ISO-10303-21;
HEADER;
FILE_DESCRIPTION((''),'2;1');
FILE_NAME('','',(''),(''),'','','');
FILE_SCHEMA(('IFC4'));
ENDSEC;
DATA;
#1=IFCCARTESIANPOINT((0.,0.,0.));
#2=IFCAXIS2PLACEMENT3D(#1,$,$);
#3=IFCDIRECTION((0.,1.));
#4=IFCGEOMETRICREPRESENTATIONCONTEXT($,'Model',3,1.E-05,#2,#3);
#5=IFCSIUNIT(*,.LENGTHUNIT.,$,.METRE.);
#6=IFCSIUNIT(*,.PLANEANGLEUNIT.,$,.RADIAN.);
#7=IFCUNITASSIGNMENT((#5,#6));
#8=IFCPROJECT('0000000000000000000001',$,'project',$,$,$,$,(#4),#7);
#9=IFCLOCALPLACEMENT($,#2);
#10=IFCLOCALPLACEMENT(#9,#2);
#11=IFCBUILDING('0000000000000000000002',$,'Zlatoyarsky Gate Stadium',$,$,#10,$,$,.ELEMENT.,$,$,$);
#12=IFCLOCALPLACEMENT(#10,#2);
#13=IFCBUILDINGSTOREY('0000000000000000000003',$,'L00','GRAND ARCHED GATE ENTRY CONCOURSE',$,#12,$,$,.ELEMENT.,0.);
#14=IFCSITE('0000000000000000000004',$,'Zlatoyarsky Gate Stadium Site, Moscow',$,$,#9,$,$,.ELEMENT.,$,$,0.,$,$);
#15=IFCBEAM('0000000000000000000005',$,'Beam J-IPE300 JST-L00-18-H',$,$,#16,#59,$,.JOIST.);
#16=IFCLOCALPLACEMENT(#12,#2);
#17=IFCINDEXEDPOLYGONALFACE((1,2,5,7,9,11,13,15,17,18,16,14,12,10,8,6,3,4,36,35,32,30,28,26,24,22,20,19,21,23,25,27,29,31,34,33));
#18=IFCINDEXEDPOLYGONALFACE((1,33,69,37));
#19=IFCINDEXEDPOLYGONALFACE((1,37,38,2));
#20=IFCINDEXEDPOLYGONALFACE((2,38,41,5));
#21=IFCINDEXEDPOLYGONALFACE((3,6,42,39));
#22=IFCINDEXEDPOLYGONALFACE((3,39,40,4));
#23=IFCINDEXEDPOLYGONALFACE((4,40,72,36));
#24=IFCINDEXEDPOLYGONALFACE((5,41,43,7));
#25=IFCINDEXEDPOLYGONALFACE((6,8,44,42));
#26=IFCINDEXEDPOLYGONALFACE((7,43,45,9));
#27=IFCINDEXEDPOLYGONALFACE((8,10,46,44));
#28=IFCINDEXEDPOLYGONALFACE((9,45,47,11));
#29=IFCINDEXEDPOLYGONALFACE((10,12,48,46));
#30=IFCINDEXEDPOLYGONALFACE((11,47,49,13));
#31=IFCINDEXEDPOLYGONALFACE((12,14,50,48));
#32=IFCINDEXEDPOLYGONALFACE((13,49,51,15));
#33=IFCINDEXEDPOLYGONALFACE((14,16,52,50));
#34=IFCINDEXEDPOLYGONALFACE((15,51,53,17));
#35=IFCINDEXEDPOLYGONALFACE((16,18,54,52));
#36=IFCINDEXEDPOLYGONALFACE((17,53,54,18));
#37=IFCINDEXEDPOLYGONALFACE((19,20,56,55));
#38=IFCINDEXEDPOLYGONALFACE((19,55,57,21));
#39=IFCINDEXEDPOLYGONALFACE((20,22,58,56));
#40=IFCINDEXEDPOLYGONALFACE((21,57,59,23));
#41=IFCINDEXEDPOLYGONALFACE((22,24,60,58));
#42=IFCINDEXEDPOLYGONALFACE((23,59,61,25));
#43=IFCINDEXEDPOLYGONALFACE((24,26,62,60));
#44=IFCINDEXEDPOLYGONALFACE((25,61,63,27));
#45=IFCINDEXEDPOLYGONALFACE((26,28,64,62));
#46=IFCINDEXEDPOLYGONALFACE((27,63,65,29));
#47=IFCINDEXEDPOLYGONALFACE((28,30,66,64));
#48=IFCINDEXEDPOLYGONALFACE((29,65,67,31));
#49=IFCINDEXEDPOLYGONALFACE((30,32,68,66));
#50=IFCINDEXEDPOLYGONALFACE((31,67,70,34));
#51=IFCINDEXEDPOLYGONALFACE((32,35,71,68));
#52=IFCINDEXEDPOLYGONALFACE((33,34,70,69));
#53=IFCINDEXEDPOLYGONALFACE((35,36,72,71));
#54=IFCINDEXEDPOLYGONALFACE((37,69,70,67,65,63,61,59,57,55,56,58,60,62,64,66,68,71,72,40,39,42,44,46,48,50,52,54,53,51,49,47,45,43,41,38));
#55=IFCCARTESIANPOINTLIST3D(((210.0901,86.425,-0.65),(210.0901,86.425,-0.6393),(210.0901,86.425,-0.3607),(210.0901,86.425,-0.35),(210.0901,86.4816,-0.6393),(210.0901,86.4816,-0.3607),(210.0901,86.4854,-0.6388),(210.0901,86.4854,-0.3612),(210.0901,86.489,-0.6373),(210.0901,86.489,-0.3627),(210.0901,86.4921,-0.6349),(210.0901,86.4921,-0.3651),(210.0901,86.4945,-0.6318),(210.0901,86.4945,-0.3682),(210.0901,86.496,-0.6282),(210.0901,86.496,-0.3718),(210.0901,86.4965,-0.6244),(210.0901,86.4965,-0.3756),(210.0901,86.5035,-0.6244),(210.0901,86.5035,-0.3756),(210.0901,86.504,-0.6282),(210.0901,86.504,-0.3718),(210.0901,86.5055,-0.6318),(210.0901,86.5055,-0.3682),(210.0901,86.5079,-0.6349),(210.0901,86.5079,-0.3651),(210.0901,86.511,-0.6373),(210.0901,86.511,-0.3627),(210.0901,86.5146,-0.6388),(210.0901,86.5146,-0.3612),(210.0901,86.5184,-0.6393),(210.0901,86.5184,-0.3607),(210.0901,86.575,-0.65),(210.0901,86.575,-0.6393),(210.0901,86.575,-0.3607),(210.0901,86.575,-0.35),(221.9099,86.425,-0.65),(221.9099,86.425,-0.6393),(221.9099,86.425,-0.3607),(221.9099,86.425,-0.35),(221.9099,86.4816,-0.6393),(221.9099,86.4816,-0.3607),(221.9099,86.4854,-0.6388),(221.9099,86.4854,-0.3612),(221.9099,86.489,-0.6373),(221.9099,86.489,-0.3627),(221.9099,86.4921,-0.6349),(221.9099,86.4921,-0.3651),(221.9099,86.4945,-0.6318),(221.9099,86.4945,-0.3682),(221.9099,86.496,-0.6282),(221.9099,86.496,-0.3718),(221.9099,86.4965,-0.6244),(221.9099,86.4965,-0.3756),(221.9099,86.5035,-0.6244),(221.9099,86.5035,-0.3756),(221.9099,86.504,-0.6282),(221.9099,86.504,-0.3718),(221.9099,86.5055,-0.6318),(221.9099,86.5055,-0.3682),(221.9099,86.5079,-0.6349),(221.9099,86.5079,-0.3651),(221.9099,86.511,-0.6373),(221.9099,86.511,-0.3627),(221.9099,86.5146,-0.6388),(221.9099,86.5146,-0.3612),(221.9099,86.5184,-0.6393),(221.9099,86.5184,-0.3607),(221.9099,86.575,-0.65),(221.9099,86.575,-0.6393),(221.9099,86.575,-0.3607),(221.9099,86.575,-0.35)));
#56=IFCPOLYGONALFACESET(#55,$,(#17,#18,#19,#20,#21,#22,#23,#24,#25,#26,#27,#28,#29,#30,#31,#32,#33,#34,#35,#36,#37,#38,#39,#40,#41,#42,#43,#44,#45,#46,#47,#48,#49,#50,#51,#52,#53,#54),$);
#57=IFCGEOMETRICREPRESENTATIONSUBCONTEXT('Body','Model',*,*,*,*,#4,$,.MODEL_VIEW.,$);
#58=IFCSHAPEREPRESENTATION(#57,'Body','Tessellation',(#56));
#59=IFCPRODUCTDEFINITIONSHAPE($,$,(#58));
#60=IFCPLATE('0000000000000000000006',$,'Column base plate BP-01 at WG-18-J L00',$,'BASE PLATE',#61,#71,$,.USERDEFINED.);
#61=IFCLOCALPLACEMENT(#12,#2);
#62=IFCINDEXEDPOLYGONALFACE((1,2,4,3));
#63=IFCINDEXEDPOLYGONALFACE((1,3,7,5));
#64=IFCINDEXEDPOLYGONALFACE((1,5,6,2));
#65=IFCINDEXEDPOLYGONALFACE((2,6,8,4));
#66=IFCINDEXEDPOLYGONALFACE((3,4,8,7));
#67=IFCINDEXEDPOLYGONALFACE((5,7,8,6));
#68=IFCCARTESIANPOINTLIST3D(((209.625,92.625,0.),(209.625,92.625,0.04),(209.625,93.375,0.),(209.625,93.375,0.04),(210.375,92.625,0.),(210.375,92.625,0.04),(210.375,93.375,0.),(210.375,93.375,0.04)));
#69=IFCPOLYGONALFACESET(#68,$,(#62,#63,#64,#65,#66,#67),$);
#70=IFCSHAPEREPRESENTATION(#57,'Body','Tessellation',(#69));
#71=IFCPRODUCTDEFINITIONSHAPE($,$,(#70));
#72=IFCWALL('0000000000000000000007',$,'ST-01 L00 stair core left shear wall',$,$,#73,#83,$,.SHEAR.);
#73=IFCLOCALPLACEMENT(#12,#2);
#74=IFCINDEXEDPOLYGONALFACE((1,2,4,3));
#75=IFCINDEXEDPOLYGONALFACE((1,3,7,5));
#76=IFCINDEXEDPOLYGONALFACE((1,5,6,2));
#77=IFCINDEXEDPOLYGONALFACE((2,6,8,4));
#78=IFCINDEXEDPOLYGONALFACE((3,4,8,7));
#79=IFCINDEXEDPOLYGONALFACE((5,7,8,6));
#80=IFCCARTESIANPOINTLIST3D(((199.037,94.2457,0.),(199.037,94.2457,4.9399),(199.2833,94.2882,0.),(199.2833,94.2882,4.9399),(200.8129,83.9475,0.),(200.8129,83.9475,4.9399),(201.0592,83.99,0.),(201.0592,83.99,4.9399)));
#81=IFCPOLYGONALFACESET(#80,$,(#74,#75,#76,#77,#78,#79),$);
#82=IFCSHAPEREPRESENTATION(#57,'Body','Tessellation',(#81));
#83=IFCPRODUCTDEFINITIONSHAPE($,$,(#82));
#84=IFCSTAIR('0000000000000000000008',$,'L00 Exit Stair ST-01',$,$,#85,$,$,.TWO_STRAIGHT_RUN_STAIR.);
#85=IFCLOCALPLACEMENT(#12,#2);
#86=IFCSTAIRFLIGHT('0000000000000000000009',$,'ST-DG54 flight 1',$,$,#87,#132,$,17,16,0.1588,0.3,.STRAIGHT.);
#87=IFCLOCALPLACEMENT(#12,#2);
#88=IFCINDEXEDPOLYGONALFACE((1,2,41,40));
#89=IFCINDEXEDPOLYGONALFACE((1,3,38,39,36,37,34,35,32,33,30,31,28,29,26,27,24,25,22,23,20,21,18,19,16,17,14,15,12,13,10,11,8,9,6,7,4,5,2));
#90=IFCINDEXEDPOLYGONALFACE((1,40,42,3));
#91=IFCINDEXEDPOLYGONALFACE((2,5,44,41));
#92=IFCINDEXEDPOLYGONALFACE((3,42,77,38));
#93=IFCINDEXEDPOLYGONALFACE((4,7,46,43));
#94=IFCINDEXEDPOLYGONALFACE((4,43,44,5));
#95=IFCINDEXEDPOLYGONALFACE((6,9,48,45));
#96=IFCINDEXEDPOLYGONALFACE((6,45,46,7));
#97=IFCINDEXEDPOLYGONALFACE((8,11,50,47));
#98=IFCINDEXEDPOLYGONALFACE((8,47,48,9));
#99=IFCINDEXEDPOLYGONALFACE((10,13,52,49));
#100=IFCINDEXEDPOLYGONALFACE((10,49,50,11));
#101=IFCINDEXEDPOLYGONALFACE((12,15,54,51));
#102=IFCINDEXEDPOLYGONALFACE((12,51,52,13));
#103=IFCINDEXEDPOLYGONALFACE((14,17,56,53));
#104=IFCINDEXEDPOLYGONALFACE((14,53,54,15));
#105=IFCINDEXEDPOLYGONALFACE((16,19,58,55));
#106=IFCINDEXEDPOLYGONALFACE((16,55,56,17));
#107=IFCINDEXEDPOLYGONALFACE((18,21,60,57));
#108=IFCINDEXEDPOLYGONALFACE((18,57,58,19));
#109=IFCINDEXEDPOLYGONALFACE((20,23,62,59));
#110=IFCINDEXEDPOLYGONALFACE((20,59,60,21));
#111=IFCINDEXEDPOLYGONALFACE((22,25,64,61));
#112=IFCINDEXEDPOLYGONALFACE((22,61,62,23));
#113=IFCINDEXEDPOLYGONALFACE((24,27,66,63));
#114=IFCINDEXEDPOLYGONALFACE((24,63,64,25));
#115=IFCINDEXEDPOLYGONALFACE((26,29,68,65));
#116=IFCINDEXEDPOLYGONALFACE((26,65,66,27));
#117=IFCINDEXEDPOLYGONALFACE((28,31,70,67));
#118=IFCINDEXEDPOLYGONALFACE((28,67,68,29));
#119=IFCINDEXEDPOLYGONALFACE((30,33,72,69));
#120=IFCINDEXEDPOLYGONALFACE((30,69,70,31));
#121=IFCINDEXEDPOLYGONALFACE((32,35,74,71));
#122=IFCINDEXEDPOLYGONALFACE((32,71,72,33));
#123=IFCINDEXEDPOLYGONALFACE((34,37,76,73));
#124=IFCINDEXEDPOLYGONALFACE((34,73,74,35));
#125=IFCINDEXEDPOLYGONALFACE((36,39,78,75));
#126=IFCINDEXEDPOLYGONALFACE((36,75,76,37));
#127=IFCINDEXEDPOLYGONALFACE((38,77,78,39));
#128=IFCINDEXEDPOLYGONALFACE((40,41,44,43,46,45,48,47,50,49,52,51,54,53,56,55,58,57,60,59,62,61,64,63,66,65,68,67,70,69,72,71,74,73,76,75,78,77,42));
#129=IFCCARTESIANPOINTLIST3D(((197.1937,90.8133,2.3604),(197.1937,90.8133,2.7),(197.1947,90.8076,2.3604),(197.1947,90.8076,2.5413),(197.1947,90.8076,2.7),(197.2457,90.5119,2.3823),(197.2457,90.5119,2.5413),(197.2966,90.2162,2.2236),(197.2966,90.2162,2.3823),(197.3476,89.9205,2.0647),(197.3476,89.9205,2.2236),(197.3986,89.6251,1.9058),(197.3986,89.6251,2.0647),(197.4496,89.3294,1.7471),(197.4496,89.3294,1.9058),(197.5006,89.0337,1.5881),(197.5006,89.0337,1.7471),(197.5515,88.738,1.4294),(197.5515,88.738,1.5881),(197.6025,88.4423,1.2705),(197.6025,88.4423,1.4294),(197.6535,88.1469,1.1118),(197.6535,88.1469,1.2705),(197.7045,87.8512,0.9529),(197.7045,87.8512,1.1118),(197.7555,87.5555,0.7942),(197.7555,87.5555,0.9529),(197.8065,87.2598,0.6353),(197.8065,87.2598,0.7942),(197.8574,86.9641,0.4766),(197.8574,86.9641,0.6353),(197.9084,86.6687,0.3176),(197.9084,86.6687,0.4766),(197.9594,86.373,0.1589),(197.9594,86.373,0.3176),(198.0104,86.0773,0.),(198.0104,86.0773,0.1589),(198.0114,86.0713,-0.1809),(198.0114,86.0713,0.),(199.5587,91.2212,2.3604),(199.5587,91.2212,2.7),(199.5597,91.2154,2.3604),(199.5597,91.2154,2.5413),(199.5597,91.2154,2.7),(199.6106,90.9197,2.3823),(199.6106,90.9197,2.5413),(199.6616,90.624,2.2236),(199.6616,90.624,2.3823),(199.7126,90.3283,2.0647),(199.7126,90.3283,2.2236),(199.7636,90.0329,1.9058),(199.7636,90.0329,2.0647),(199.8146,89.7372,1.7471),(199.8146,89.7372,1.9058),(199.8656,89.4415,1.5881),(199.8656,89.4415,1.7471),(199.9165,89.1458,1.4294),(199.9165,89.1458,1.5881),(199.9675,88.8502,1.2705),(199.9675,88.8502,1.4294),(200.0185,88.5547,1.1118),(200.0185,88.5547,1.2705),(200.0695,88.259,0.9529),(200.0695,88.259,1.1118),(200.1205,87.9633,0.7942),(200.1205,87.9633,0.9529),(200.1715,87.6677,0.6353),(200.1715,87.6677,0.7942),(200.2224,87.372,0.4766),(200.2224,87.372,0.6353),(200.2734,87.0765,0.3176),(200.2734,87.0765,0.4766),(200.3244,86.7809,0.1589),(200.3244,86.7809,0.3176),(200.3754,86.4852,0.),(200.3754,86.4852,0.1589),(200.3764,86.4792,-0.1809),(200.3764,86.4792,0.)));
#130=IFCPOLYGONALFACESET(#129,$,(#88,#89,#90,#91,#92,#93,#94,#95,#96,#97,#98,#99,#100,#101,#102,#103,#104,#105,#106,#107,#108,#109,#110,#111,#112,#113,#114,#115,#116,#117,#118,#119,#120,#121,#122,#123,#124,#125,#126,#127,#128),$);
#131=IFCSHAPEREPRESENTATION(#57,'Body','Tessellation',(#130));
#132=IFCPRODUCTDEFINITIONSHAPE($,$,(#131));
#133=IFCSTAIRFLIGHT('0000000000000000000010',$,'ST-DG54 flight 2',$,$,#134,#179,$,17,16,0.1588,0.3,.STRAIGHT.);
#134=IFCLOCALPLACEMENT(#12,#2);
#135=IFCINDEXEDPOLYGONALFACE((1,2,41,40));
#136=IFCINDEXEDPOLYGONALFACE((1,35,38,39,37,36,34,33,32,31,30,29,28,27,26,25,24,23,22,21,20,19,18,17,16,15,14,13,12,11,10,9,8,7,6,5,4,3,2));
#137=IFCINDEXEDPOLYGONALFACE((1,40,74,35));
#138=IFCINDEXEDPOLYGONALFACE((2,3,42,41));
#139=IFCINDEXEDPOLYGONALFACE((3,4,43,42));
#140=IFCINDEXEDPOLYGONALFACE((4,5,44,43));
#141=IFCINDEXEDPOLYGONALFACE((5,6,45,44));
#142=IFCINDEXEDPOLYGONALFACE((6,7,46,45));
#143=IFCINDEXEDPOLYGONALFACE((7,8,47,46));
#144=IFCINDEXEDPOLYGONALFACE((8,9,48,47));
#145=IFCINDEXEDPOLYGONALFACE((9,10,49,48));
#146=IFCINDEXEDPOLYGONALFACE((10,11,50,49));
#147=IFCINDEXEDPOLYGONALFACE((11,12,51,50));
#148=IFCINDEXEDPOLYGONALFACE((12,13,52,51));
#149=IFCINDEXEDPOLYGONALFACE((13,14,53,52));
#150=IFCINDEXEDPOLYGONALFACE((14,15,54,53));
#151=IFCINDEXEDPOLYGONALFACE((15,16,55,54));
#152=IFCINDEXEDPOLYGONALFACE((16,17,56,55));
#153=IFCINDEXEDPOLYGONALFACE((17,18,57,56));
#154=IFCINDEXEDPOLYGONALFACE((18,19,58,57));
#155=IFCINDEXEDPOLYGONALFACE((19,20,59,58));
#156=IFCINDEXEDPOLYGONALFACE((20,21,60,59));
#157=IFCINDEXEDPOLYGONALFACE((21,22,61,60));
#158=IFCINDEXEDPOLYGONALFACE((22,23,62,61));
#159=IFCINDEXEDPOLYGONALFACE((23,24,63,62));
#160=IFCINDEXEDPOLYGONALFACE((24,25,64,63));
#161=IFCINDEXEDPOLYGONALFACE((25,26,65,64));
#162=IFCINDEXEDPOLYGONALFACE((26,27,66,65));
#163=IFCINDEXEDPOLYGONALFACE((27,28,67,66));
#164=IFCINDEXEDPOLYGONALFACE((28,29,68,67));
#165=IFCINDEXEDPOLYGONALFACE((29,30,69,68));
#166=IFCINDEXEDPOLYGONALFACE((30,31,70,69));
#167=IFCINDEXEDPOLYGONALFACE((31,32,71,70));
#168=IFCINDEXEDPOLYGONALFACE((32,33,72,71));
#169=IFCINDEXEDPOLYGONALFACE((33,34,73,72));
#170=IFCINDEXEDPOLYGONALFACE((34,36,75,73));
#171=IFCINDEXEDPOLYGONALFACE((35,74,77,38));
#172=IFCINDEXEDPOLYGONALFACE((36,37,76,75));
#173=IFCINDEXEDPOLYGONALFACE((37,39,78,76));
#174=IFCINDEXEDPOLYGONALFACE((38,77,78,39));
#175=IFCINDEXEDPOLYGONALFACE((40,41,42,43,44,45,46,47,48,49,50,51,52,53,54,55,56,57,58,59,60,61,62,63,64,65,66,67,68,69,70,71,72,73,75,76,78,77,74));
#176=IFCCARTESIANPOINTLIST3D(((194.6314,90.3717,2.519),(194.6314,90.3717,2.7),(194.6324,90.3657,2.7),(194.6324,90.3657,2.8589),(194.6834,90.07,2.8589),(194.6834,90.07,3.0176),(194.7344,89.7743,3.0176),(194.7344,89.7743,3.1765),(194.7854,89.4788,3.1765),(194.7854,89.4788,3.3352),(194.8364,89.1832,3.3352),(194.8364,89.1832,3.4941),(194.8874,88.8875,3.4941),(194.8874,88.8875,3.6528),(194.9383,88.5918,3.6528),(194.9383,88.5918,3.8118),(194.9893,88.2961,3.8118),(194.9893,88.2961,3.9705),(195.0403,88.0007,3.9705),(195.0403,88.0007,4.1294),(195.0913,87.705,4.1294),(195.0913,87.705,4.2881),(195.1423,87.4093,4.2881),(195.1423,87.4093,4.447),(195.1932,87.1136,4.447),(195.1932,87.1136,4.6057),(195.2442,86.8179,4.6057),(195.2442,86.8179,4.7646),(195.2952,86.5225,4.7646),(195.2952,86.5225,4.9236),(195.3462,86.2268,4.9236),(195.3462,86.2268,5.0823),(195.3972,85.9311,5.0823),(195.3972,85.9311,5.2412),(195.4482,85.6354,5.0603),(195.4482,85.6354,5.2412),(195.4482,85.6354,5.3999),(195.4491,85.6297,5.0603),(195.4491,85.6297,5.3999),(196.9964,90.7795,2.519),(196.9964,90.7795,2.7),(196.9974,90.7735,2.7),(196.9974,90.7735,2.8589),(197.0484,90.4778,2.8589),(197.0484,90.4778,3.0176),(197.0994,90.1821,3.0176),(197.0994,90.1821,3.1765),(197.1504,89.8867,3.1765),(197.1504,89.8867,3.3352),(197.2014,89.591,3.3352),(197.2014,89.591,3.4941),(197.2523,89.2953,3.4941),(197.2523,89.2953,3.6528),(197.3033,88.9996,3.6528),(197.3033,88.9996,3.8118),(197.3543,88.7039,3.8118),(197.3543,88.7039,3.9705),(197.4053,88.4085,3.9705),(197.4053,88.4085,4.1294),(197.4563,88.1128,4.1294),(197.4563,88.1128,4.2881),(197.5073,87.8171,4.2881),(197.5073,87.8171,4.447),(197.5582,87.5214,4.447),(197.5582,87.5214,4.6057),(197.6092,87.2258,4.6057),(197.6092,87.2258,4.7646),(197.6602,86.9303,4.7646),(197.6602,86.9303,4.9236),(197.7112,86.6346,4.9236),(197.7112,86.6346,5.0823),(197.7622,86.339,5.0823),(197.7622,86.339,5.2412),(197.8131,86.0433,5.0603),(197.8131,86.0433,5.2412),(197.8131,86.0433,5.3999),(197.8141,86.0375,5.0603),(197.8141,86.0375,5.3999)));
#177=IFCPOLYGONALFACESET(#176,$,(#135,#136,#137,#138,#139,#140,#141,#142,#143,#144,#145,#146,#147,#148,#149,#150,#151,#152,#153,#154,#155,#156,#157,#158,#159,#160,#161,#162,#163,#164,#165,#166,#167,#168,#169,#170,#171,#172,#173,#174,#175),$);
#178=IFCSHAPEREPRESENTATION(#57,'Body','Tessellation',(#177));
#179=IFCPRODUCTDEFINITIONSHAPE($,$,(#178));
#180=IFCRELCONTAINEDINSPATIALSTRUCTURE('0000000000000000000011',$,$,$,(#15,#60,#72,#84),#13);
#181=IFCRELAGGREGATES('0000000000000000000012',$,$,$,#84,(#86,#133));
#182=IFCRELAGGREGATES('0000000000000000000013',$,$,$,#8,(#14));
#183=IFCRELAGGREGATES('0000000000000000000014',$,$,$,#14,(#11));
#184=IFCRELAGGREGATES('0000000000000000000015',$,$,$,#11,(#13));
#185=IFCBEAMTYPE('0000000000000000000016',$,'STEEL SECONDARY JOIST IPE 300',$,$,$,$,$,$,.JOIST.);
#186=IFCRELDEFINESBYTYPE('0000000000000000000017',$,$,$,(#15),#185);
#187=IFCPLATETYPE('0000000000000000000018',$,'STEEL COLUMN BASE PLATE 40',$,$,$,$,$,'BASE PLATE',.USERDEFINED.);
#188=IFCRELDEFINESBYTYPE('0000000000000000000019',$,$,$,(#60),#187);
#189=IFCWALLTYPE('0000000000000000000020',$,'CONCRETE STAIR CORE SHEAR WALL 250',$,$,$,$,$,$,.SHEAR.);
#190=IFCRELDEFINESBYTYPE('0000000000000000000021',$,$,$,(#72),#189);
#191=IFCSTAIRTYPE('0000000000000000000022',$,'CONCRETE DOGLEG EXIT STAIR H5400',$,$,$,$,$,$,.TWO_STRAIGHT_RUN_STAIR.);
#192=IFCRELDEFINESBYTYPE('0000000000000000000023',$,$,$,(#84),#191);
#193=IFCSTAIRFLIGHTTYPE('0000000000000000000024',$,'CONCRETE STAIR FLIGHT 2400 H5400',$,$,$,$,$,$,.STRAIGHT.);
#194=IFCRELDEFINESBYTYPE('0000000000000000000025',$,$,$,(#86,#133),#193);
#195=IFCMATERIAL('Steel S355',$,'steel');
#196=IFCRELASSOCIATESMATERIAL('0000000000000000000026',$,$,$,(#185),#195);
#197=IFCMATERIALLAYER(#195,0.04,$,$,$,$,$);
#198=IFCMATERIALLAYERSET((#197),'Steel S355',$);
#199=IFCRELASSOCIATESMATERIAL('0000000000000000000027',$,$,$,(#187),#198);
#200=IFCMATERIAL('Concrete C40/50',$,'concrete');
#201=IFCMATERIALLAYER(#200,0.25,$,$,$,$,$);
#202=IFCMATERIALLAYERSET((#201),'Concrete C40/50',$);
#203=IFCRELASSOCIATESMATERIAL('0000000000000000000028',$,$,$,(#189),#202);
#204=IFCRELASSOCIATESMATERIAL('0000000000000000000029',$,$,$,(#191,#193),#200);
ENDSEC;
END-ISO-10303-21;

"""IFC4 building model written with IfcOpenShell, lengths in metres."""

from ifc_helpers import new_model, si_unit, direction, frame, frame_2d, origin, origin_2d, place, context, subcontext, project, spatial, polyline, rectangle, i_section, outline, extrude, material, layer, layer_set, material_profile, profile_set, type_object, element, aggregate, save


model = new_model("IFC4")

# Units and contexts
model_context = context("Model", 3, precision=1e-05, world=origin(), true_north=direction((0.0, 1.0)))
body_context = subcontext(model_context, "Body", "Model", "MODEL_VIEW")
ifc_project = project(units=[si_unit("LENGTHUNIT", "METRE"), si_unit("PLANEANGLEUNIT", "RADIAN")], contexts=[model_context])

# Site, building, storey
site_placement = place(None, origin())
site = spatial("IfcSite", under=ifc_project, at=site_placement, Name="Zlatoyarsky Gate Stadium Site, Moscow", CompositionType="ELEMENT", RefElevation=0.0)
building_placement = place(site_placement, origin())
building = spatial("IfcBuilding", under=site, at=building_placement, Name="Zlatoyarsky Gate Stadium", CompositionType="ELEMENT")
storey_placement = place(building_placement, origin())
storey = spatial("IfcBuildingStorey", under=building, at=storey_placement, Name="L00", Description="GRAND ARCHED GATE ENTRY CONCOURSE", CompositionType="ELEMENT", Elevation=0.0)

# Shared definitions
ifc_material_1 = material(Name="Concrete C40/50", Category="concrete")
ifc_material_2 = material(Name="Steel S355", Category="steel")

# Beam
ifc_material_profile_1 = material_profile(ifc_material_2, i_section(OverallWidth=0.1499, OverallDepth=0.3, WebThickness=0.0071, FlangeThickness=0.0107, FilletRadius=0.0149, at=origin_2d()), Name="IPE 300")
ifc_profile_set_1 = profile_set([ifc_material_profile_1], Name="Steel S355")
beam_type_1 = type_object("IfcBeamType", Name="STEEL SECONDARY JOIST IPE 300", PredefinedType="JOIST", material=ifc_profile_set_1)
beam_1_placement = place(storey_placement, frame((210.0901, 86.5, -0.5), z_axis=(1.0, 0.0, 0.0), x_axis=(0.0, 1.0, 0.0)))
element("IfcBeam", 1, at=beam_1_placement, inside=storey, type_object=beam_type_1, Name="Beam J-IPE300 JST-L00-18-H", PredefinedType="JOIST", context=body_context, shape_type="SweptSolid", body=[
    extrude(i_section(OverallWidth=0.1499, OverallDepth=0.3, WebThickness=0.0071, FlangeThickness=0.0107, FilletRadius=0.0149, at=origin_2d()), origin(), (0.0, 0.0, 1.0), 11.8198),
])

# Plate
ifc_layer_1 = layer(ifc_material_2, 0.04)
ifc_layer_set_1 = layer_set([ifc_layer_1], Name="Steel S355")
plate_type = type_object("IfcPlateType", Name="STEEL COLUMN BASE PLATE 40", ElementType="BASE PLATE", PredefinedType="USERDEFINED", material=ifc_layer_set_1)
plate_placement = place(storey_placement, frame((210.0, 93.0, 0.0), z_axis=(0.0, 0.0, 1.0), x_axis=(1.0, 0.0, 0.0)))
element("IfcPlate", 2, at=plate_placement, inside=storey, type_object=plate_type, Name="Column base plate BP-01 at WG-18-J L00", ObjectType="BASE PLATE", PredefinedType="USERDEFINED", context=body_context, shape_type="SweptSolid", body=[
    extrude(rectangle(XDim=0.75, YDim=0.75, at=origin_2d()), origin(), (0.0, 0.0, 1.0), 0.04),
])

# Wall
ifc_layer_2 = layer(ifc_material_1, 0.25)
ifc_layer_set_2 = layer_set([ifc_layer_2], Name="Concrete C40/50")
wall_type_1 = type_object("IfcWallType", Name="CONCRETE STAIR CORE SHEAR WALL 250", PredefinedType="SHEAR", material=ifc_layer_set_2)
wall_1_placement = place(storey_placement, frame((200.936, 83.9688, 0.0), z_axis=(0.0, 0.0, 1.0), x_axis=(-0.169939, 0.985455, 0.0)))
element("IfcWall", 3, at=wall_1_placement, inside=storey, type_object=wall_type_1, Name="ST-01 L00 stair core left shear wall", PredefinedType="SHEAR", context=body_context, shape_type="SweptSolid", body=[
    extrude(rectangle(XDim=10.4502, YDim=0.25, at=frame_2d((5.2251, 0.0))), origin(), (0.0, 0.0, 1.0), 4.9399),
])

# Stair, stair flights
stair_type = type_object("IfcStairType", Name="CONCRETE DOGLEG EXIT STAIR H5400", PredefinedType="TWO_STRAIGHT_RUN_STAIR", material=ifc_material_1)
stair_placement = place(storey_placement, origin())
stair = element("IfcStair", 4, at=stair_placement, inside=storey, type_object=stair_type, Name="L00 Exit Stair ST-01", PredefinedType="TWO_STRAIGHT_RUN_STAIR")
stair_flight_type = type_object("IfcStairFlightType", Name="CONCRETE STAIR FLIGHT 2400 H5400", PredefinedType="STRAIGHT", material=ifc_material_1)
stair_flight_1_placement = place(storey_placement, frame((199.1929, 86.2812, 0.0), z_axis=(0.0, 0.0, 1.0), x_axis=(-0.169938, 0.985455, 0.0)))
stair_flight_1 = element("IfcStairFlight", 5, at=stair_flight_1_placement, type_object=stair_flight_type, Name="ST-DG54 flight 1", NumberOfRisers=17, NumberOfTreads=16, PredefinedType="STRAIGHT", RiserHeight=0.1588, TreadLength=0.3, context=body_context, shape_type="SweptSolid", body=[
    extrude(outline(polyline([(-0.0061, -0.1809), (-0.0061, 0.0), (0.0, 0.0), (0.0, 0.1589), (0.3, 0.1589), (0.3, 0.3176), (0.6001, 0.3176), (0.6001, 0.4766), (0.8999, 0.4766), (0.8999, 0.6353), (1.2, 0.6353), (1.2, 0.7942), (1.5, 0.7942), (1.5, 0.9529), (1.8, 0.9529), (1.8, 1.1118), (2.1001, 1.1118), (2.1001, 1.2705), (2.3999, 1.2705), (2.3999, 1.4294), (2.7, 1.4294), (2.7, 1.5881), (3.0, 1.5881), (3.0, 1.7471), (3.3, 1.7471), (3.3, 1.9058), (3.6001, 1.9058), (3.6001, 2.0647), (3.8999, 2.0647), (3.8999, 2.2236), (4.2, 2.2236), (4.2, 2.3823), (4.5, 2.3823), (4.5, 2.5413), (4.8, 2.5413), (4.8, 2.7), (4.8059, 2.7), (4.8059, 2.3604), (4.8, 2.3604), (-0.0061, -0.1809)])), frame((0.0, 1.2, 0.0), z_axis=(0.0, -1.0, 0.0), x_axis=(1.0, 0.0, 0.0)), (0.0, 0.0, 1.0), 2.3999),
])
stair_flight_2_placement = place(storey_placement, frame((195.8149, 90.5696, 2.7), z_axis=(0.0, 0.0, 1.0), x_axis=(0.169938, -0.985455, 0.0)))
stair_flight_2 = element("IfcStairFlight", 6, at=stair_flight_2_placement, type_object=stair_flight_type, Name="ST-DG54 flight 2", NumberOfRisers=17, NumberOfTreads=16, PredefinedType="STRAIGHT", RiserHeight=0.1588, TreadLength=0.3, context=body_context, shape_type="SweptSolid", body=[
    extrude(outline(polyline([(-0.0061, -0.1809), (-0.0061, 0.0), (0.0, 0.0), (0.0, 0.1589), (0.3, 0.1589), (0.3, 0.3176), (0.6001, 0.3176), (0.6001, 0.4766), (0.8999, 0.4766), (0.8999, 0.6353), (1.2, 0.6353), (1.2, 0.7942), (1.5, 0.7942), (1.5, 0.9529), (1.8, 0.9529), (1.8, 1.1118), (2.1001, 1.1118), (2.1001, 1.2705), (2.3999, 1.2705), (2.3999, 1.4294), (2.7, 1.4294), (2.7, 1.5881), (3.0, 1.5881), (3.0, 1.7471), (3.3, 1.7471), (3.3, 1.9058), (3.6001, 1.9058), (3.6001, 2.0647), (3.8999, 2.0647), (3.8999, 2.2236), (4.2, 2.2236), (4.2, 2.3823), (4.5, 2.3823), (4.5, 2.5413), (4.8, 2.5413), (4.8, 2.7), (4.8059, 2.7), (4.8059, 2.3604), (4.8, 2.3604), (-0.0061, -0.1809)])), frame((0.0, 1.2, 0.0), z_axis=(0.0, -1.0, 0.0), x_axis=(1.0, 0.0, 0.0)), (0.0, 0.0, 1.0), 2.3999),
])
aggregate(stair, [stair_flight_1, stair_flight_2])

save(model, "model.ifc")
